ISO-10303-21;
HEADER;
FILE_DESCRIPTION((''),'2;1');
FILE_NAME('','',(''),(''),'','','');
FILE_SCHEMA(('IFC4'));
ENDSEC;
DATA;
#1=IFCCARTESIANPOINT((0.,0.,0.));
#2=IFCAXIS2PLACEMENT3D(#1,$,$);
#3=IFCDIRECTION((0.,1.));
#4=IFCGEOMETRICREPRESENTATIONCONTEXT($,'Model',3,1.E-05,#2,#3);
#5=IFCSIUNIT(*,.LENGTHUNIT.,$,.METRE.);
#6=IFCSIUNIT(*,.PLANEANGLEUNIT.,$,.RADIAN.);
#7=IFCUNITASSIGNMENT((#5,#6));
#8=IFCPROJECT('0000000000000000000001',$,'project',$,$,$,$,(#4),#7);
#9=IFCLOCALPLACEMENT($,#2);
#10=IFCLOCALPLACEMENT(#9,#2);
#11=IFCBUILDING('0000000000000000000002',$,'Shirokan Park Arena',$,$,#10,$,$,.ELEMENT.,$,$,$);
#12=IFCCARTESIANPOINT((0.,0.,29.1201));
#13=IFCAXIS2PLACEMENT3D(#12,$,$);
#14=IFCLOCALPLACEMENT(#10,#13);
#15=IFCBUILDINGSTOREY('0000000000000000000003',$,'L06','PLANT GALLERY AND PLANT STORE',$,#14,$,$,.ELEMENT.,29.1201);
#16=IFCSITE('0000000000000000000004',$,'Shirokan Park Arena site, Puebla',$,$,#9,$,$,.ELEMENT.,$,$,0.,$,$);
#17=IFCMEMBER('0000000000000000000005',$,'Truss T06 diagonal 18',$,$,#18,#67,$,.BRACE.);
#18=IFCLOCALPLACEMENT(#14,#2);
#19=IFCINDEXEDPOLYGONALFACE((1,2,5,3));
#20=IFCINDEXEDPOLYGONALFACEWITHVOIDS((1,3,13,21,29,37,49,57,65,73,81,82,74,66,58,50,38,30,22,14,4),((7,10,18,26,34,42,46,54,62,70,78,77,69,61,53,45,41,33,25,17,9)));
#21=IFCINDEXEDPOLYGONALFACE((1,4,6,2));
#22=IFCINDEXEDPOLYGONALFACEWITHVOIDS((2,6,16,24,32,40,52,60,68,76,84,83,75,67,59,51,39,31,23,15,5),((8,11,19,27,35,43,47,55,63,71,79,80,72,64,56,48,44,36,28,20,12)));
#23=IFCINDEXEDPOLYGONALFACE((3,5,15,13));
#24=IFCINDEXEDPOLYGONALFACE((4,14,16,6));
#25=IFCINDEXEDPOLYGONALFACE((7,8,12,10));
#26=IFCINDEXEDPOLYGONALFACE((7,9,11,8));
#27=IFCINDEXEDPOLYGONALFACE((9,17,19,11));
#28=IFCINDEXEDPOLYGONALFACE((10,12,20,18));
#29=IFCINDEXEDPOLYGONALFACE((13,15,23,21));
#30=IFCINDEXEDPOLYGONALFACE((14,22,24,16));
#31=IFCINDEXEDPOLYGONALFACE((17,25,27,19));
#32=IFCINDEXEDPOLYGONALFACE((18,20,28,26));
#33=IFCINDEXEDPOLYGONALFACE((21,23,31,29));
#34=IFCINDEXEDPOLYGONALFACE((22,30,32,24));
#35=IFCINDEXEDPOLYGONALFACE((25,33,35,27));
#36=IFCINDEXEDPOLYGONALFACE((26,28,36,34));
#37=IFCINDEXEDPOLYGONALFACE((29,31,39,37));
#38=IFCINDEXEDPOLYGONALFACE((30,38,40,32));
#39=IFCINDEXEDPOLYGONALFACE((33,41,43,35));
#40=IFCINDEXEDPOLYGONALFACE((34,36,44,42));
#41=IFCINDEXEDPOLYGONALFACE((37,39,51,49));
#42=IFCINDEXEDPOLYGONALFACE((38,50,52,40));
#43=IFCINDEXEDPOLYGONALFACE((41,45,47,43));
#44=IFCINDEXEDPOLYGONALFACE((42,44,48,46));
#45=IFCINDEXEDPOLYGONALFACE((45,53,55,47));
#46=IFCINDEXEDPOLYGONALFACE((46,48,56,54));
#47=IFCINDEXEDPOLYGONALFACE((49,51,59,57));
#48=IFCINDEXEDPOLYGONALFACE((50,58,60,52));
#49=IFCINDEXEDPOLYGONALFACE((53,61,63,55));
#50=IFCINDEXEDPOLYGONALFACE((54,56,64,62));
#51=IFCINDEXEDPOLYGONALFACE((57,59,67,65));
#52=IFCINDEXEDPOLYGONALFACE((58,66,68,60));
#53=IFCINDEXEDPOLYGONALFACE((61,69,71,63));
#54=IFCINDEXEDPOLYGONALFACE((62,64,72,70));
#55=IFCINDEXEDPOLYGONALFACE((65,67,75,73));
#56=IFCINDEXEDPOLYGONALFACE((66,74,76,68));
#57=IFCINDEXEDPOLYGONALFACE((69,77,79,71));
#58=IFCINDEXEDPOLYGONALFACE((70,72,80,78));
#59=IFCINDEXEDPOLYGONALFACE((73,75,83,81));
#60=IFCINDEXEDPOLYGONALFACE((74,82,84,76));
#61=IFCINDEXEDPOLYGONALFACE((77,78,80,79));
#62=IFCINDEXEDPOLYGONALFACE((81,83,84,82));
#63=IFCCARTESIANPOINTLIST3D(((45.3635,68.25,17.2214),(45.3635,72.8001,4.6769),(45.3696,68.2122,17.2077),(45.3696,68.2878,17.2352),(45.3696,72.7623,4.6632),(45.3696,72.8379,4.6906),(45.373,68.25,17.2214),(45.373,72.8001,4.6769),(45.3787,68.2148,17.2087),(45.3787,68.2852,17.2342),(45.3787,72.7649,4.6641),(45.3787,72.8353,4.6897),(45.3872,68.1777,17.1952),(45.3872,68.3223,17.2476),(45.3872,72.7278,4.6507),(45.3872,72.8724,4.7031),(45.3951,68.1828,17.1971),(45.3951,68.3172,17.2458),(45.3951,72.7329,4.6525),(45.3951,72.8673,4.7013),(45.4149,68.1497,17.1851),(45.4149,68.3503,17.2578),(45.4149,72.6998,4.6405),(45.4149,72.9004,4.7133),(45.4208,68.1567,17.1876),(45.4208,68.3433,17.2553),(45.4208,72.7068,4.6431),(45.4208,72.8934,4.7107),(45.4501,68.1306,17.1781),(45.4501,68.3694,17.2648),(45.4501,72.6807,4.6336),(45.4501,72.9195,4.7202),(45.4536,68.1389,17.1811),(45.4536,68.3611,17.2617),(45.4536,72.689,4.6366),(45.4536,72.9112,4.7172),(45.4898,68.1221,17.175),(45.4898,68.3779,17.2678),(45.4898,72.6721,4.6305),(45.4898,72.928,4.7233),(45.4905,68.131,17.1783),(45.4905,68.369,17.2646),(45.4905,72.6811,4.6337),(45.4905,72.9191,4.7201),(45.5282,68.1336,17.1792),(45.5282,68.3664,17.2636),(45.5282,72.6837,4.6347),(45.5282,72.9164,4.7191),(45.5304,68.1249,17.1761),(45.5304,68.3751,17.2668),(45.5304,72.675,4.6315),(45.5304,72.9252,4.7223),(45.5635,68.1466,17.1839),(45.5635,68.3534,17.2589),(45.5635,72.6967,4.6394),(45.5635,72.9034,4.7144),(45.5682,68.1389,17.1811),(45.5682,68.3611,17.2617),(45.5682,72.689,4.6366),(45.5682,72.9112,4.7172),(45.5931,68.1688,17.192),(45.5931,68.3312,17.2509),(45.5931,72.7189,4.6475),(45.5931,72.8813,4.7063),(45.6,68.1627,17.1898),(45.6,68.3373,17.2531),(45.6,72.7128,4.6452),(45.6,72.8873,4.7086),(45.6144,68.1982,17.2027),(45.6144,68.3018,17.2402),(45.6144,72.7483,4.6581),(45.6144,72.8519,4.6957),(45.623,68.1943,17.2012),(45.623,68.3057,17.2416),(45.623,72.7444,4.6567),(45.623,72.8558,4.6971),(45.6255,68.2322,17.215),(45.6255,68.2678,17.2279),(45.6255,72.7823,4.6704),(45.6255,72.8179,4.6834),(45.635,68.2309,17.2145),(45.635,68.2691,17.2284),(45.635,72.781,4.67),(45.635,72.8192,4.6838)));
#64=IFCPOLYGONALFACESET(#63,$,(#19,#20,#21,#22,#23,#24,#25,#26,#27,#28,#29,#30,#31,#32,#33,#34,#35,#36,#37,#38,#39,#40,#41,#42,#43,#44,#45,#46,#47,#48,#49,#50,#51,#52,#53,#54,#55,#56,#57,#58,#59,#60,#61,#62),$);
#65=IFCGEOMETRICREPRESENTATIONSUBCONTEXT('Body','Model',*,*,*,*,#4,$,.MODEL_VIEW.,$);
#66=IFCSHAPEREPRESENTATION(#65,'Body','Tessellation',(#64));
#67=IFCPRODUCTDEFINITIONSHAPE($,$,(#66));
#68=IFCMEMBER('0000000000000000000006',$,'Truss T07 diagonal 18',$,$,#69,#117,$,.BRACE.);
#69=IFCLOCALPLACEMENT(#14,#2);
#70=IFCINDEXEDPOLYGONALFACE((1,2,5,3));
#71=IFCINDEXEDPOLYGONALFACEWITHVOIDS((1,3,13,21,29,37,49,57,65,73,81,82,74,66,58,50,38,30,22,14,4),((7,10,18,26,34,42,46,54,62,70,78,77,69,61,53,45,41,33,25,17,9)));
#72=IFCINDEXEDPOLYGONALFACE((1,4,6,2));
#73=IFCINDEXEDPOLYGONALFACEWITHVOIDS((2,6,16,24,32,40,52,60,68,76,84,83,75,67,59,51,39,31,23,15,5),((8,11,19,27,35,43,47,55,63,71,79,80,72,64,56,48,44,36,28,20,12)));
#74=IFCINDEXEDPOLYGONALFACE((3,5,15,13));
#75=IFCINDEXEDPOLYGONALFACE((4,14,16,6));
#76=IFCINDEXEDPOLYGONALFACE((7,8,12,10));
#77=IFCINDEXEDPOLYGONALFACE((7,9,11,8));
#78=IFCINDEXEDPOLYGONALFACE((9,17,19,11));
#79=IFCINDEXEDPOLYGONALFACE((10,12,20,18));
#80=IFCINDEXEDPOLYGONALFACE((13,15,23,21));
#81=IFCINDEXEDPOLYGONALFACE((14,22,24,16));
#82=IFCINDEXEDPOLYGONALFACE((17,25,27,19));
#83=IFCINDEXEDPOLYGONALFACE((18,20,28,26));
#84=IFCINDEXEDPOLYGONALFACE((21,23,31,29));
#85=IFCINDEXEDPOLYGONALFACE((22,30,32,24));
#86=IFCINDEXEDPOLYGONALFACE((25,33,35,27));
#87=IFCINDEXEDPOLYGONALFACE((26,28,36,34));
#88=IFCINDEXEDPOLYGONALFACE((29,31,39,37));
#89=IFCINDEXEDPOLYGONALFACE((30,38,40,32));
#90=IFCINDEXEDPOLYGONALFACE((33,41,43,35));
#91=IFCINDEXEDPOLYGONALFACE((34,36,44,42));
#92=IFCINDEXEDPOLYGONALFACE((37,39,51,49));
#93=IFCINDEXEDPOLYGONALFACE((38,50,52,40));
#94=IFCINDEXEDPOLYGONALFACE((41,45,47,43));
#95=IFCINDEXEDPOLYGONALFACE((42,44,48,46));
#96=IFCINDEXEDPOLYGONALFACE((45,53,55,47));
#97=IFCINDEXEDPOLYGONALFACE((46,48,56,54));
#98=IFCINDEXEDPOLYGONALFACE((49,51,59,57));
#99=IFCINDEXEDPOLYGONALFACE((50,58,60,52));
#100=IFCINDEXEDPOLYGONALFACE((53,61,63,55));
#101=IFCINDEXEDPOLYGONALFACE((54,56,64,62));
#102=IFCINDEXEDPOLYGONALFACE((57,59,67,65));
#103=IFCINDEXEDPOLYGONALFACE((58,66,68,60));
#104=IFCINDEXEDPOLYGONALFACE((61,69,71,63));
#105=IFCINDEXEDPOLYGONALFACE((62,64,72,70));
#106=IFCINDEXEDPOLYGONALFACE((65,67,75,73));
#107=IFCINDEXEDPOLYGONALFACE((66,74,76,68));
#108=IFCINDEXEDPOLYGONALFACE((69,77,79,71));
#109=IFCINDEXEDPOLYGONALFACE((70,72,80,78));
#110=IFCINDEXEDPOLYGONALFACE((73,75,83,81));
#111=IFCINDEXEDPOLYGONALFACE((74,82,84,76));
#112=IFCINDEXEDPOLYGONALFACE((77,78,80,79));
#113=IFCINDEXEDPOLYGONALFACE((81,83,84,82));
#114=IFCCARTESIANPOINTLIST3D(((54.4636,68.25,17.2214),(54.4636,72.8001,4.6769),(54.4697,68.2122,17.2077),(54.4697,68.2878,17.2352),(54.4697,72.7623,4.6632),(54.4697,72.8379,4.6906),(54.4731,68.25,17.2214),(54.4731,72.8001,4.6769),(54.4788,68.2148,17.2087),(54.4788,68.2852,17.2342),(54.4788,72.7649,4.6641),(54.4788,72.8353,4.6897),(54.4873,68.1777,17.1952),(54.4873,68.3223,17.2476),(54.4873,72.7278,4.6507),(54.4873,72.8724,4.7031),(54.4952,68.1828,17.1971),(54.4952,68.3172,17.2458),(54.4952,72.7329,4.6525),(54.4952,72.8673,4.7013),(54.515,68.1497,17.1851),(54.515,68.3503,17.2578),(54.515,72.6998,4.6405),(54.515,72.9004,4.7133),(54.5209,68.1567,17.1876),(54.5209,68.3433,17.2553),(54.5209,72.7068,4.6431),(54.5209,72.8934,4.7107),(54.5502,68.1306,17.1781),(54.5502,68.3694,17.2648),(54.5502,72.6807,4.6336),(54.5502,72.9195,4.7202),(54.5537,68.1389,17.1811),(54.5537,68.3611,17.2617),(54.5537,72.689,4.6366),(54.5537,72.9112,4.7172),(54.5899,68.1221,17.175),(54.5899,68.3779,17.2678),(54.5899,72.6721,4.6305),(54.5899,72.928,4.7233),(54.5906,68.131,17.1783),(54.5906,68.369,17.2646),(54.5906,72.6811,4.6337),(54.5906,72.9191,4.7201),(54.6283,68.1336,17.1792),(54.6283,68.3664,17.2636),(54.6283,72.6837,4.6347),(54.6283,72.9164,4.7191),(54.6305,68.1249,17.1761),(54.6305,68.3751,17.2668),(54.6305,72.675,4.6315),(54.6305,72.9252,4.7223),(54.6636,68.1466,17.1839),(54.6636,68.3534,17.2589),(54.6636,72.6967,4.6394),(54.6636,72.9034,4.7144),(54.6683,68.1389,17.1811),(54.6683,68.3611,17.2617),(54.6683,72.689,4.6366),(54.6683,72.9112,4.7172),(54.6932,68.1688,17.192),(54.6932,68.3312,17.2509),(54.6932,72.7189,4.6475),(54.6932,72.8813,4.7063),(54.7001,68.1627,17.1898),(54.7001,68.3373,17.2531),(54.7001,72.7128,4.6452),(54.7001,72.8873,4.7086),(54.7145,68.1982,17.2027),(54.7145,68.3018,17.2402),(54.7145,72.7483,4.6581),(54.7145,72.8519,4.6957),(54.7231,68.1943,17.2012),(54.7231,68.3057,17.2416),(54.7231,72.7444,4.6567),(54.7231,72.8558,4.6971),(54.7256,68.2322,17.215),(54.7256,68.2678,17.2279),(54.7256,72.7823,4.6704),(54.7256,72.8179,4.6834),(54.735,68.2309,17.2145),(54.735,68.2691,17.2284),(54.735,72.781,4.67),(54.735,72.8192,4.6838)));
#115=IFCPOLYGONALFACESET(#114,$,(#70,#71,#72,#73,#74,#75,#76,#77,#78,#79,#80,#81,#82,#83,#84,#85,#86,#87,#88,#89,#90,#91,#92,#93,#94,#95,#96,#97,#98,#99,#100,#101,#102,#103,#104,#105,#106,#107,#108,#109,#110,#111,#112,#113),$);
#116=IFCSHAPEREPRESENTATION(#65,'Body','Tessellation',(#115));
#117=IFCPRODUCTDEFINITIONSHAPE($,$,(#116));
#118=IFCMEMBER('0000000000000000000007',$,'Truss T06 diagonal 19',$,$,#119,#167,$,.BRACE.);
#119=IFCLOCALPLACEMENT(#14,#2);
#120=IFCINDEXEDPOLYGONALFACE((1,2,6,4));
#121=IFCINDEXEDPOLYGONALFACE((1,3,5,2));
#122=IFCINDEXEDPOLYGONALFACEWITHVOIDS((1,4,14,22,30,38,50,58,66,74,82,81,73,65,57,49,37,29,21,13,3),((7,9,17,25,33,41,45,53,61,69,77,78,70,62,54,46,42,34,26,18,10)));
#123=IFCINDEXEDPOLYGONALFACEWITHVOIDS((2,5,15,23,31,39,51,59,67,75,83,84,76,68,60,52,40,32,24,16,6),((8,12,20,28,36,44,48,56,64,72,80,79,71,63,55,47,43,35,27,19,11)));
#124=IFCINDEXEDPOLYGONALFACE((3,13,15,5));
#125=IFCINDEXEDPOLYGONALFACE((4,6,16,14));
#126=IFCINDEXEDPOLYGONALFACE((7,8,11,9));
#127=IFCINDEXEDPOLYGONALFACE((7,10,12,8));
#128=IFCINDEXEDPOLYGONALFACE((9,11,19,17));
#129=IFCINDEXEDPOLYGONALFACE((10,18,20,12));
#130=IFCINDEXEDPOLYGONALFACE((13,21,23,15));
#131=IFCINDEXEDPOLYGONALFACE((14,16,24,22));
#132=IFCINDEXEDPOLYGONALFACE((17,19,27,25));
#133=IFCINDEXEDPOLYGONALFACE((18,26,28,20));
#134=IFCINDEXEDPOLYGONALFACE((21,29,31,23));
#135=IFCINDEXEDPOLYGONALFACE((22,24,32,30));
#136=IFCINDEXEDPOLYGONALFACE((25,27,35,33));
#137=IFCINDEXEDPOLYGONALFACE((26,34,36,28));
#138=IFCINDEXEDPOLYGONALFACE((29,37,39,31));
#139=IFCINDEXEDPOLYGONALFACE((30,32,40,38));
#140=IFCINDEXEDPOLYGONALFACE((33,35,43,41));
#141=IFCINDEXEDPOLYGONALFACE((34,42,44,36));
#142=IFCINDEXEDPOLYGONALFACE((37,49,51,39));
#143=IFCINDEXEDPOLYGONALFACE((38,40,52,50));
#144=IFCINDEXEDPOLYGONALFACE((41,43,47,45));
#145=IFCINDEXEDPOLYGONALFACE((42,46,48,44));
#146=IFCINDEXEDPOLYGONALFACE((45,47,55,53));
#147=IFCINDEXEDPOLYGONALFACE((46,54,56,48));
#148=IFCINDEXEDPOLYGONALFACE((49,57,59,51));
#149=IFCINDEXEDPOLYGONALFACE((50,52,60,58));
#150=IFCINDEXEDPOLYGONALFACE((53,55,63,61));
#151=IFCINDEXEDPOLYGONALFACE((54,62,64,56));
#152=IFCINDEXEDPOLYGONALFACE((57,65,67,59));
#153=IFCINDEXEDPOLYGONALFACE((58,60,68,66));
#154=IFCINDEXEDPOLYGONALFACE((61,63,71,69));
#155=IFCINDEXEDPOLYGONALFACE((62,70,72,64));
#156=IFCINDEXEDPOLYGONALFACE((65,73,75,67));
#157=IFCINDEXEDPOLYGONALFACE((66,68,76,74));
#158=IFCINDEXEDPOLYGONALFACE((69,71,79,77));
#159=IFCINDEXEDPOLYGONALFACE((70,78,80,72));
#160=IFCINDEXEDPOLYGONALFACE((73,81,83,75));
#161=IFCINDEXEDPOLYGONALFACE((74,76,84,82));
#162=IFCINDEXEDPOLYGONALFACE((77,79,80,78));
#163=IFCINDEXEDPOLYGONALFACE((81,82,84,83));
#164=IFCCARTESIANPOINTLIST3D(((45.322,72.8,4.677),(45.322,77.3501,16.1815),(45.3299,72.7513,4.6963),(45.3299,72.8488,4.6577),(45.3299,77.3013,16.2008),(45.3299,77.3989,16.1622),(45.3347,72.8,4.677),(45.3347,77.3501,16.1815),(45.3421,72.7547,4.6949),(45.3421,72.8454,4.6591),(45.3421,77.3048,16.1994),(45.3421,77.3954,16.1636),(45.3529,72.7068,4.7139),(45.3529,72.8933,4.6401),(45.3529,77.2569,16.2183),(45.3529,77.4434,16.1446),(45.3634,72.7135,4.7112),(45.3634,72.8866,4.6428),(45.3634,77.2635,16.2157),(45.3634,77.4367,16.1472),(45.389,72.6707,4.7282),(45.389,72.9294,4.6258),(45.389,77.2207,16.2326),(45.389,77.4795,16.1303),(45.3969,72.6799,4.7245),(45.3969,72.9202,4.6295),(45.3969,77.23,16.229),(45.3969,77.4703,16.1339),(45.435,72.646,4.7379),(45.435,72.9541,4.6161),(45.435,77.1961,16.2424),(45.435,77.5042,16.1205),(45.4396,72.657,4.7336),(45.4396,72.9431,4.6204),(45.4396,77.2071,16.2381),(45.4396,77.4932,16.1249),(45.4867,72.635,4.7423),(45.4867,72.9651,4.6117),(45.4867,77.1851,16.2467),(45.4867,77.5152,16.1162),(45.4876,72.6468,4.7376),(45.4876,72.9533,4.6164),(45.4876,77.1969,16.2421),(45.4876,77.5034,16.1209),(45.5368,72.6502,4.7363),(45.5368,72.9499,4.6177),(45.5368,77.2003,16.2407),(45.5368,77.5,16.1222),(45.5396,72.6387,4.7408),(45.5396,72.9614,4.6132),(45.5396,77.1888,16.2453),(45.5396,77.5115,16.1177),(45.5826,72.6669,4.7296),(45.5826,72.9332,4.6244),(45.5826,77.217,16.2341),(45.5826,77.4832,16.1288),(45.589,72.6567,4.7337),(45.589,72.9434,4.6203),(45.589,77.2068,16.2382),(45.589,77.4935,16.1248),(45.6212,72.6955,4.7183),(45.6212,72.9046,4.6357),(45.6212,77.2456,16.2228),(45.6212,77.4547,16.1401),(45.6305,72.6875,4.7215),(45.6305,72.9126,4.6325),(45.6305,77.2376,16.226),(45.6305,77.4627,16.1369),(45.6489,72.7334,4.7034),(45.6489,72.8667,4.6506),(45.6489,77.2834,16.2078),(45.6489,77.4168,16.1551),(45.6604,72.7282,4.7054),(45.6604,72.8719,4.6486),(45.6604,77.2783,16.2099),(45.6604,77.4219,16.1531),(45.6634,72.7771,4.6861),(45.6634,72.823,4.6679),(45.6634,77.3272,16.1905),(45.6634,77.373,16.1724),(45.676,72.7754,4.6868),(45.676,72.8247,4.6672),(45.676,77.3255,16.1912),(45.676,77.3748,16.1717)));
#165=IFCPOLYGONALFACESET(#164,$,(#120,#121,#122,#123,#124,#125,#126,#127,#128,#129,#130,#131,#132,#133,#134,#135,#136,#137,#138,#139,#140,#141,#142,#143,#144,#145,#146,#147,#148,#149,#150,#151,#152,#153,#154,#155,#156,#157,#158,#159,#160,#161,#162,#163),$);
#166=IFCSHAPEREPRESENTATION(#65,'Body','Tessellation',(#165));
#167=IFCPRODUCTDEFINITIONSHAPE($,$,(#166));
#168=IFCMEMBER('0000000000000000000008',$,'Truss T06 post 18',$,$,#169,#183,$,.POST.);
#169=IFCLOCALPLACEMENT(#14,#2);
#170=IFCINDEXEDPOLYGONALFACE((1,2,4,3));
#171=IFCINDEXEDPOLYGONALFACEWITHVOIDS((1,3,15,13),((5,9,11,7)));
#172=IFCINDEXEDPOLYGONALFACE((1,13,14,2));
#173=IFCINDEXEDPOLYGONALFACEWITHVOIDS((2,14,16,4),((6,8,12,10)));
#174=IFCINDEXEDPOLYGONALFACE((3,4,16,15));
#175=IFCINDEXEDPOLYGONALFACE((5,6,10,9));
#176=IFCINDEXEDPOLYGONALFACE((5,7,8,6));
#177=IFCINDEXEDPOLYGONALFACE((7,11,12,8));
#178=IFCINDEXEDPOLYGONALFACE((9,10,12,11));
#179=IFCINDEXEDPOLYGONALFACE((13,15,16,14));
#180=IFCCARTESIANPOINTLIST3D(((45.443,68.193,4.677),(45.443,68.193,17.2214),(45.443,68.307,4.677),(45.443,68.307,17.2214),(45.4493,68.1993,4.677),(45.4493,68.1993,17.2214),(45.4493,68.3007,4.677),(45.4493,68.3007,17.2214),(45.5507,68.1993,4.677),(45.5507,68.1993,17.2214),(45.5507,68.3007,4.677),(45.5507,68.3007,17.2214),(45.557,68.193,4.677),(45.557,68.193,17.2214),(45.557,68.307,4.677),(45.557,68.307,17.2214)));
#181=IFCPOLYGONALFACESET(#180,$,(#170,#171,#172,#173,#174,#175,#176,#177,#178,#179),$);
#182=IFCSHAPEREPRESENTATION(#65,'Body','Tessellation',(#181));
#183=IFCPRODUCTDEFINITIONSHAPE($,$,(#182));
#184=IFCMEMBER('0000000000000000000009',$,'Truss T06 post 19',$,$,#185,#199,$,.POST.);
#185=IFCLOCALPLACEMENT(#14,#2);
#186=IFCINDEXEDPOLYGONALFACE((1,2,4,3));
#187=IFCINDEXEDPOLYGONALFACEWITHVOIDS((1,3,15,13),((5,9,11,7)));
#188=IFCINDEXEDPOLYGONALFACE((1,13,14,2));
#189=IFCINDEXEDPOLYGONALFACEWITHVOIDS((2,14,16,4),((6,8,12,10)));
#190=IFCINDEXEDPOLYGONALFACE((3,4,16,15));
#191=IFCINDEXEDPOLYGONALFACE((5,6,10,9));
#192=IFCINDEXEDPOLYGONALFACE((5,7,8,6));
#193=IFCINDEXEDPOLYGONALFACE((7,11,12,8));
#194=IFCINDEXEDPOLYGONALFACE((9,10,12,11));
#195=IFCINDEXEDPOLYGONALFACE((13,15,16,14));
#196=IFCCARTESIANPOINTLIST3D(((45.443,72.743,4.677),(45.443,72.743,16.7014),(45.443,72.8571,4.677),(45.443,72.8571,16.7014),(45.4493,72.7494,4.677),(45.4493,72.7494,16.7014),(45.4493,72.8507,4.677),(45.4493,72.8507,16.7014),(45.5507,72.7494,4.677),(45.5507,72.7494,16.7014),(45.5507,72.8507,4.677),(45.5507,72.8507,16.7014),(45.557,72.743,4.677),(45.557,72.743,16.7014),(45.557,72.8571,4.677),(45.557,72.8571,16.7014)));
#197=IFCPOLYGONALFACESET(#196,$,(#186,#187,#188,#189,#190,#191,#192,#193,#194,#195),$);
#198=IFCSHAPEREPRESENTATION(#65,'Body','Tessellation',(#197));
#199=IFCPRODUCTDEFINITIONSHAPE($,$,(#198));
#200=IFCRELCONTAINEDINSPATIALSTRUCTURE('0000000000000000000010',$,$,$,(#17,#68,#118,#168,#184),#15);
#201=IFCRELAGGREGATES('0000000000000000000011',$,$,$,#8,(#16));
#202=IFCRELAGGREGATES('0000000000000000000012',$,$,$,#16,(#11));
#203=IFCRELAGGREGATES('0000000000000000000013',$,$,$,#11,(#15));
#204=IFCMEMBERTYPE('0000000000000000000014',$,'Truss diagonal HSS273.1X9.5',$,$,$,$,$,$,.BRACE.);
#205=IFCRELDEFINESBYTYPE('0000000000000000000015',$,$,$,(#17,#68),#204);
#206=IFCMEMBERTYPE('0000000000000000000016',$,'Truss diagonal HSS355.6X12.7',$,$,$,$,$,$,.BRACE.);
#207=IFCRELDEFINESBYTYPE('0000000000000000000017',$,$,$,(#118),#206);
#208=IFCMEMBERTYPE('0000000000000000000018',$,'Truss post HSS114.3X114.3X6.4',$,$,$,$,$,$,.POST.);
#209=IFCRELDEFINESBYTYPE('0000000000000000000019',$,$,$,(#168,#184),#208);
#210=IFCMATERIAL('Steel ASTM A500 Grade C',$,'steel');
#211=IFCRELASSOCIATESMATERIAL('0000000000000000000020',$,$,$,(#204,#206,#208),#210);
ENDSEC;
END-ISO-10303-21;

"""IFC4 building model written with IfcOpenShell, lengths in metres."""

from ifc_helpers import new_model, si_unit, direction, frame, origin, origin_2d, place, context, subcontext, project, spatial, hollow_rectangle, hollow_circle, extrude, material, material_profile, profile_set, type_object, element, save


model = new_model("IFC4")

# Units and contexts
model_context = context("Model", 3, precision=1e-05, world=origin(), true_north=direction((0.0, 1.0)))
body_context = subcontext(model_context, "Body", "Model", "MODEL_VIEW")
ifc_project = project(units=[si_unit("LENGTHUNIT", "METRE"), si_unit("PLANEANGLEUNIT", "RADIAN")], contexts=[model_context])

# Site, building, storey
site_placement = place(None, origin())
site = spatial("IfcSite", under=ifc_project, at=site_placement, Name="Shirokan Park Arena site, Puebla", CompositionType="ELEMENT", RefElevation=0.0)
building_placement = place(site_placement, origin())
building = spatial("IfcBuilding", under=site, at=building_placement, Name="Shirokan Park Arena", CompositionType="ELEMENT")
storey_placement = place(building_placement, frame((0.0, 0.0, 29.1201)))
storey = spatial("IfcBuildingStorey", under=building, at=storey_placement, Name="L06", Description="PLANT GALLERY AND PLANT STORE", CompositionType="ELEMENT", Elevation=29.1201)

# Members
ifc_material_1 = material(Name="Steel ASTM A500 Grade C", Category="steel")
ifc_material_profile_1 = material_profile(ifc_material_1, hollow_circle(Radius=0.1365, WallThickness=0.0095, at=origin_2d()), Name="HSS273.1X9.5")
ifc_profile_set_1 = profile_set([ifc_material_profile_1], Name="Steel ASTM A500 Grade C")
member_type_1 = type_object("IfcMemberType", Name="Truss diagonal HSS273.1X9.5", PredefinedType="BRACE", material=ifc_profile_set_1)
for number, where, z_axis, x_axis, name in (
    (1, (45.5, 68.25, 17.2214), (0.0, 0.340978, -0.940071), (-1.0, 0.0, 0.0), "Truss T06 diagonal 18"),
    (2, (54.6001, 68.25, 17.2214), (0.0, 0.340978, -0.940071), (-1.0, 0.0, 0.0), "Truss T07 diagonal 18"),
):
    element("IfcMember", number, at=place(storey_placement, frame(where, z_axis=z_axis, x_axis=x_axis)), inside=storey, type_object=member_type_1, Name=name, PredefinedType="BRACE", context=body_context, shape_type="SweptSolid", body=[
        extrude(hollow_circle(Radius=0.1365, WallThickness=0.0095, at=origin_2d()), origin(), (0.0, 0.0, 1.0), 13.3442),
    ])
ifc_material_profile_2 = material_profile(ifc_material_1, hollow_circle(Radius=0.178, WallThickness=0.0127, at=origin_2d()), Name="HSS355.6X12.7")
ifc_profile_set_2 = profile_set([ifc_material_profile_2], Name="Steel ASTM A500 Grade C")
member_type_2 = type_object("IfcMemberType", Name="Truss diagonal HSS355.6X12.7", PredefinedType="BRACE", material=ifc_profile_set_2)
member_1_placement = place(storey_placement, frame((45.5, 72.8, 4.677), z_axis=(0.0, 0.367785, 0.929911), x_axis=(-1.0, 0.0, 0.0)))
element("IfcMember", 3, at=member_1_placement, inside=storey, type_object=member_type_2, Name="Truss T06 diagonal 19", PredefinedType="BRACE", context=body_context, shape_type="SweptSolid", body=[
    extrude(hollow_circle(Radius=0.178, WallThickness=0.0127, at=origin_2d()), origin(), (0.0, 0.0, 1.0), 12.3716),
])
ifc_material_profile_3 = material_profile(ifc_material_1, hollow_rectangle(XDim=0.114, YDim=0.114, WallThickness=0.0063, at=origin_2d()), Name="HSS114.3X114.3X6.4")
ifc_profile_set_3 = profile_set([ifc_material_profile_3], Name="Steel ASTM A500 Grade C")
member_type_3 = type_object("IfcMemberType", Name="Truss post HSS114.3X114.3X6.4", PredefinedType="POST", material=ifc_profile_set_3)
member_2_placement = place(storey_placement, frame((45.5, 68.25, 4.677), z_axis=(0.0, 0.0, 1.0), x_axis=(1.0, 0.0, 0.0)))
element("IfcMember", 4, at=member_2_placement, inside=storey, type_object=member_type_3, Name="Truss T06 post 18", PredefinedType="POST", context=body_context, shape_type="SweptSolid", body=[
    extrude(hollow_rectangle(XDim=0.114, YDim=0.114, WallThickness=0.0063, at=origin_2d()), origin(), (0.0, 0.0, 1.0), 12.5444),
])
member_3_placement = place(storey_placement, frame((45.5, 72.8, 4.677), z_axis=(0.0, 0.0, 1.0), x_axis=(1.0, 0.0, 0.0)))
element("IfcMember", 5, at=member_3_placement, inside=storey, type_object=member_type_3, Name="Truss T06 post 19", PredefinedType="POST", context=body_context, shape_type="SweptSolid", body=[
    extrude(hollow_rectangle(XDim=0.114, YDim=0.114, WallThickness=0.0063, at=origin_2d()), origin(), (0.0, 0.0, 1.0), 12.0244),
])

save(model, "model.ifc")
